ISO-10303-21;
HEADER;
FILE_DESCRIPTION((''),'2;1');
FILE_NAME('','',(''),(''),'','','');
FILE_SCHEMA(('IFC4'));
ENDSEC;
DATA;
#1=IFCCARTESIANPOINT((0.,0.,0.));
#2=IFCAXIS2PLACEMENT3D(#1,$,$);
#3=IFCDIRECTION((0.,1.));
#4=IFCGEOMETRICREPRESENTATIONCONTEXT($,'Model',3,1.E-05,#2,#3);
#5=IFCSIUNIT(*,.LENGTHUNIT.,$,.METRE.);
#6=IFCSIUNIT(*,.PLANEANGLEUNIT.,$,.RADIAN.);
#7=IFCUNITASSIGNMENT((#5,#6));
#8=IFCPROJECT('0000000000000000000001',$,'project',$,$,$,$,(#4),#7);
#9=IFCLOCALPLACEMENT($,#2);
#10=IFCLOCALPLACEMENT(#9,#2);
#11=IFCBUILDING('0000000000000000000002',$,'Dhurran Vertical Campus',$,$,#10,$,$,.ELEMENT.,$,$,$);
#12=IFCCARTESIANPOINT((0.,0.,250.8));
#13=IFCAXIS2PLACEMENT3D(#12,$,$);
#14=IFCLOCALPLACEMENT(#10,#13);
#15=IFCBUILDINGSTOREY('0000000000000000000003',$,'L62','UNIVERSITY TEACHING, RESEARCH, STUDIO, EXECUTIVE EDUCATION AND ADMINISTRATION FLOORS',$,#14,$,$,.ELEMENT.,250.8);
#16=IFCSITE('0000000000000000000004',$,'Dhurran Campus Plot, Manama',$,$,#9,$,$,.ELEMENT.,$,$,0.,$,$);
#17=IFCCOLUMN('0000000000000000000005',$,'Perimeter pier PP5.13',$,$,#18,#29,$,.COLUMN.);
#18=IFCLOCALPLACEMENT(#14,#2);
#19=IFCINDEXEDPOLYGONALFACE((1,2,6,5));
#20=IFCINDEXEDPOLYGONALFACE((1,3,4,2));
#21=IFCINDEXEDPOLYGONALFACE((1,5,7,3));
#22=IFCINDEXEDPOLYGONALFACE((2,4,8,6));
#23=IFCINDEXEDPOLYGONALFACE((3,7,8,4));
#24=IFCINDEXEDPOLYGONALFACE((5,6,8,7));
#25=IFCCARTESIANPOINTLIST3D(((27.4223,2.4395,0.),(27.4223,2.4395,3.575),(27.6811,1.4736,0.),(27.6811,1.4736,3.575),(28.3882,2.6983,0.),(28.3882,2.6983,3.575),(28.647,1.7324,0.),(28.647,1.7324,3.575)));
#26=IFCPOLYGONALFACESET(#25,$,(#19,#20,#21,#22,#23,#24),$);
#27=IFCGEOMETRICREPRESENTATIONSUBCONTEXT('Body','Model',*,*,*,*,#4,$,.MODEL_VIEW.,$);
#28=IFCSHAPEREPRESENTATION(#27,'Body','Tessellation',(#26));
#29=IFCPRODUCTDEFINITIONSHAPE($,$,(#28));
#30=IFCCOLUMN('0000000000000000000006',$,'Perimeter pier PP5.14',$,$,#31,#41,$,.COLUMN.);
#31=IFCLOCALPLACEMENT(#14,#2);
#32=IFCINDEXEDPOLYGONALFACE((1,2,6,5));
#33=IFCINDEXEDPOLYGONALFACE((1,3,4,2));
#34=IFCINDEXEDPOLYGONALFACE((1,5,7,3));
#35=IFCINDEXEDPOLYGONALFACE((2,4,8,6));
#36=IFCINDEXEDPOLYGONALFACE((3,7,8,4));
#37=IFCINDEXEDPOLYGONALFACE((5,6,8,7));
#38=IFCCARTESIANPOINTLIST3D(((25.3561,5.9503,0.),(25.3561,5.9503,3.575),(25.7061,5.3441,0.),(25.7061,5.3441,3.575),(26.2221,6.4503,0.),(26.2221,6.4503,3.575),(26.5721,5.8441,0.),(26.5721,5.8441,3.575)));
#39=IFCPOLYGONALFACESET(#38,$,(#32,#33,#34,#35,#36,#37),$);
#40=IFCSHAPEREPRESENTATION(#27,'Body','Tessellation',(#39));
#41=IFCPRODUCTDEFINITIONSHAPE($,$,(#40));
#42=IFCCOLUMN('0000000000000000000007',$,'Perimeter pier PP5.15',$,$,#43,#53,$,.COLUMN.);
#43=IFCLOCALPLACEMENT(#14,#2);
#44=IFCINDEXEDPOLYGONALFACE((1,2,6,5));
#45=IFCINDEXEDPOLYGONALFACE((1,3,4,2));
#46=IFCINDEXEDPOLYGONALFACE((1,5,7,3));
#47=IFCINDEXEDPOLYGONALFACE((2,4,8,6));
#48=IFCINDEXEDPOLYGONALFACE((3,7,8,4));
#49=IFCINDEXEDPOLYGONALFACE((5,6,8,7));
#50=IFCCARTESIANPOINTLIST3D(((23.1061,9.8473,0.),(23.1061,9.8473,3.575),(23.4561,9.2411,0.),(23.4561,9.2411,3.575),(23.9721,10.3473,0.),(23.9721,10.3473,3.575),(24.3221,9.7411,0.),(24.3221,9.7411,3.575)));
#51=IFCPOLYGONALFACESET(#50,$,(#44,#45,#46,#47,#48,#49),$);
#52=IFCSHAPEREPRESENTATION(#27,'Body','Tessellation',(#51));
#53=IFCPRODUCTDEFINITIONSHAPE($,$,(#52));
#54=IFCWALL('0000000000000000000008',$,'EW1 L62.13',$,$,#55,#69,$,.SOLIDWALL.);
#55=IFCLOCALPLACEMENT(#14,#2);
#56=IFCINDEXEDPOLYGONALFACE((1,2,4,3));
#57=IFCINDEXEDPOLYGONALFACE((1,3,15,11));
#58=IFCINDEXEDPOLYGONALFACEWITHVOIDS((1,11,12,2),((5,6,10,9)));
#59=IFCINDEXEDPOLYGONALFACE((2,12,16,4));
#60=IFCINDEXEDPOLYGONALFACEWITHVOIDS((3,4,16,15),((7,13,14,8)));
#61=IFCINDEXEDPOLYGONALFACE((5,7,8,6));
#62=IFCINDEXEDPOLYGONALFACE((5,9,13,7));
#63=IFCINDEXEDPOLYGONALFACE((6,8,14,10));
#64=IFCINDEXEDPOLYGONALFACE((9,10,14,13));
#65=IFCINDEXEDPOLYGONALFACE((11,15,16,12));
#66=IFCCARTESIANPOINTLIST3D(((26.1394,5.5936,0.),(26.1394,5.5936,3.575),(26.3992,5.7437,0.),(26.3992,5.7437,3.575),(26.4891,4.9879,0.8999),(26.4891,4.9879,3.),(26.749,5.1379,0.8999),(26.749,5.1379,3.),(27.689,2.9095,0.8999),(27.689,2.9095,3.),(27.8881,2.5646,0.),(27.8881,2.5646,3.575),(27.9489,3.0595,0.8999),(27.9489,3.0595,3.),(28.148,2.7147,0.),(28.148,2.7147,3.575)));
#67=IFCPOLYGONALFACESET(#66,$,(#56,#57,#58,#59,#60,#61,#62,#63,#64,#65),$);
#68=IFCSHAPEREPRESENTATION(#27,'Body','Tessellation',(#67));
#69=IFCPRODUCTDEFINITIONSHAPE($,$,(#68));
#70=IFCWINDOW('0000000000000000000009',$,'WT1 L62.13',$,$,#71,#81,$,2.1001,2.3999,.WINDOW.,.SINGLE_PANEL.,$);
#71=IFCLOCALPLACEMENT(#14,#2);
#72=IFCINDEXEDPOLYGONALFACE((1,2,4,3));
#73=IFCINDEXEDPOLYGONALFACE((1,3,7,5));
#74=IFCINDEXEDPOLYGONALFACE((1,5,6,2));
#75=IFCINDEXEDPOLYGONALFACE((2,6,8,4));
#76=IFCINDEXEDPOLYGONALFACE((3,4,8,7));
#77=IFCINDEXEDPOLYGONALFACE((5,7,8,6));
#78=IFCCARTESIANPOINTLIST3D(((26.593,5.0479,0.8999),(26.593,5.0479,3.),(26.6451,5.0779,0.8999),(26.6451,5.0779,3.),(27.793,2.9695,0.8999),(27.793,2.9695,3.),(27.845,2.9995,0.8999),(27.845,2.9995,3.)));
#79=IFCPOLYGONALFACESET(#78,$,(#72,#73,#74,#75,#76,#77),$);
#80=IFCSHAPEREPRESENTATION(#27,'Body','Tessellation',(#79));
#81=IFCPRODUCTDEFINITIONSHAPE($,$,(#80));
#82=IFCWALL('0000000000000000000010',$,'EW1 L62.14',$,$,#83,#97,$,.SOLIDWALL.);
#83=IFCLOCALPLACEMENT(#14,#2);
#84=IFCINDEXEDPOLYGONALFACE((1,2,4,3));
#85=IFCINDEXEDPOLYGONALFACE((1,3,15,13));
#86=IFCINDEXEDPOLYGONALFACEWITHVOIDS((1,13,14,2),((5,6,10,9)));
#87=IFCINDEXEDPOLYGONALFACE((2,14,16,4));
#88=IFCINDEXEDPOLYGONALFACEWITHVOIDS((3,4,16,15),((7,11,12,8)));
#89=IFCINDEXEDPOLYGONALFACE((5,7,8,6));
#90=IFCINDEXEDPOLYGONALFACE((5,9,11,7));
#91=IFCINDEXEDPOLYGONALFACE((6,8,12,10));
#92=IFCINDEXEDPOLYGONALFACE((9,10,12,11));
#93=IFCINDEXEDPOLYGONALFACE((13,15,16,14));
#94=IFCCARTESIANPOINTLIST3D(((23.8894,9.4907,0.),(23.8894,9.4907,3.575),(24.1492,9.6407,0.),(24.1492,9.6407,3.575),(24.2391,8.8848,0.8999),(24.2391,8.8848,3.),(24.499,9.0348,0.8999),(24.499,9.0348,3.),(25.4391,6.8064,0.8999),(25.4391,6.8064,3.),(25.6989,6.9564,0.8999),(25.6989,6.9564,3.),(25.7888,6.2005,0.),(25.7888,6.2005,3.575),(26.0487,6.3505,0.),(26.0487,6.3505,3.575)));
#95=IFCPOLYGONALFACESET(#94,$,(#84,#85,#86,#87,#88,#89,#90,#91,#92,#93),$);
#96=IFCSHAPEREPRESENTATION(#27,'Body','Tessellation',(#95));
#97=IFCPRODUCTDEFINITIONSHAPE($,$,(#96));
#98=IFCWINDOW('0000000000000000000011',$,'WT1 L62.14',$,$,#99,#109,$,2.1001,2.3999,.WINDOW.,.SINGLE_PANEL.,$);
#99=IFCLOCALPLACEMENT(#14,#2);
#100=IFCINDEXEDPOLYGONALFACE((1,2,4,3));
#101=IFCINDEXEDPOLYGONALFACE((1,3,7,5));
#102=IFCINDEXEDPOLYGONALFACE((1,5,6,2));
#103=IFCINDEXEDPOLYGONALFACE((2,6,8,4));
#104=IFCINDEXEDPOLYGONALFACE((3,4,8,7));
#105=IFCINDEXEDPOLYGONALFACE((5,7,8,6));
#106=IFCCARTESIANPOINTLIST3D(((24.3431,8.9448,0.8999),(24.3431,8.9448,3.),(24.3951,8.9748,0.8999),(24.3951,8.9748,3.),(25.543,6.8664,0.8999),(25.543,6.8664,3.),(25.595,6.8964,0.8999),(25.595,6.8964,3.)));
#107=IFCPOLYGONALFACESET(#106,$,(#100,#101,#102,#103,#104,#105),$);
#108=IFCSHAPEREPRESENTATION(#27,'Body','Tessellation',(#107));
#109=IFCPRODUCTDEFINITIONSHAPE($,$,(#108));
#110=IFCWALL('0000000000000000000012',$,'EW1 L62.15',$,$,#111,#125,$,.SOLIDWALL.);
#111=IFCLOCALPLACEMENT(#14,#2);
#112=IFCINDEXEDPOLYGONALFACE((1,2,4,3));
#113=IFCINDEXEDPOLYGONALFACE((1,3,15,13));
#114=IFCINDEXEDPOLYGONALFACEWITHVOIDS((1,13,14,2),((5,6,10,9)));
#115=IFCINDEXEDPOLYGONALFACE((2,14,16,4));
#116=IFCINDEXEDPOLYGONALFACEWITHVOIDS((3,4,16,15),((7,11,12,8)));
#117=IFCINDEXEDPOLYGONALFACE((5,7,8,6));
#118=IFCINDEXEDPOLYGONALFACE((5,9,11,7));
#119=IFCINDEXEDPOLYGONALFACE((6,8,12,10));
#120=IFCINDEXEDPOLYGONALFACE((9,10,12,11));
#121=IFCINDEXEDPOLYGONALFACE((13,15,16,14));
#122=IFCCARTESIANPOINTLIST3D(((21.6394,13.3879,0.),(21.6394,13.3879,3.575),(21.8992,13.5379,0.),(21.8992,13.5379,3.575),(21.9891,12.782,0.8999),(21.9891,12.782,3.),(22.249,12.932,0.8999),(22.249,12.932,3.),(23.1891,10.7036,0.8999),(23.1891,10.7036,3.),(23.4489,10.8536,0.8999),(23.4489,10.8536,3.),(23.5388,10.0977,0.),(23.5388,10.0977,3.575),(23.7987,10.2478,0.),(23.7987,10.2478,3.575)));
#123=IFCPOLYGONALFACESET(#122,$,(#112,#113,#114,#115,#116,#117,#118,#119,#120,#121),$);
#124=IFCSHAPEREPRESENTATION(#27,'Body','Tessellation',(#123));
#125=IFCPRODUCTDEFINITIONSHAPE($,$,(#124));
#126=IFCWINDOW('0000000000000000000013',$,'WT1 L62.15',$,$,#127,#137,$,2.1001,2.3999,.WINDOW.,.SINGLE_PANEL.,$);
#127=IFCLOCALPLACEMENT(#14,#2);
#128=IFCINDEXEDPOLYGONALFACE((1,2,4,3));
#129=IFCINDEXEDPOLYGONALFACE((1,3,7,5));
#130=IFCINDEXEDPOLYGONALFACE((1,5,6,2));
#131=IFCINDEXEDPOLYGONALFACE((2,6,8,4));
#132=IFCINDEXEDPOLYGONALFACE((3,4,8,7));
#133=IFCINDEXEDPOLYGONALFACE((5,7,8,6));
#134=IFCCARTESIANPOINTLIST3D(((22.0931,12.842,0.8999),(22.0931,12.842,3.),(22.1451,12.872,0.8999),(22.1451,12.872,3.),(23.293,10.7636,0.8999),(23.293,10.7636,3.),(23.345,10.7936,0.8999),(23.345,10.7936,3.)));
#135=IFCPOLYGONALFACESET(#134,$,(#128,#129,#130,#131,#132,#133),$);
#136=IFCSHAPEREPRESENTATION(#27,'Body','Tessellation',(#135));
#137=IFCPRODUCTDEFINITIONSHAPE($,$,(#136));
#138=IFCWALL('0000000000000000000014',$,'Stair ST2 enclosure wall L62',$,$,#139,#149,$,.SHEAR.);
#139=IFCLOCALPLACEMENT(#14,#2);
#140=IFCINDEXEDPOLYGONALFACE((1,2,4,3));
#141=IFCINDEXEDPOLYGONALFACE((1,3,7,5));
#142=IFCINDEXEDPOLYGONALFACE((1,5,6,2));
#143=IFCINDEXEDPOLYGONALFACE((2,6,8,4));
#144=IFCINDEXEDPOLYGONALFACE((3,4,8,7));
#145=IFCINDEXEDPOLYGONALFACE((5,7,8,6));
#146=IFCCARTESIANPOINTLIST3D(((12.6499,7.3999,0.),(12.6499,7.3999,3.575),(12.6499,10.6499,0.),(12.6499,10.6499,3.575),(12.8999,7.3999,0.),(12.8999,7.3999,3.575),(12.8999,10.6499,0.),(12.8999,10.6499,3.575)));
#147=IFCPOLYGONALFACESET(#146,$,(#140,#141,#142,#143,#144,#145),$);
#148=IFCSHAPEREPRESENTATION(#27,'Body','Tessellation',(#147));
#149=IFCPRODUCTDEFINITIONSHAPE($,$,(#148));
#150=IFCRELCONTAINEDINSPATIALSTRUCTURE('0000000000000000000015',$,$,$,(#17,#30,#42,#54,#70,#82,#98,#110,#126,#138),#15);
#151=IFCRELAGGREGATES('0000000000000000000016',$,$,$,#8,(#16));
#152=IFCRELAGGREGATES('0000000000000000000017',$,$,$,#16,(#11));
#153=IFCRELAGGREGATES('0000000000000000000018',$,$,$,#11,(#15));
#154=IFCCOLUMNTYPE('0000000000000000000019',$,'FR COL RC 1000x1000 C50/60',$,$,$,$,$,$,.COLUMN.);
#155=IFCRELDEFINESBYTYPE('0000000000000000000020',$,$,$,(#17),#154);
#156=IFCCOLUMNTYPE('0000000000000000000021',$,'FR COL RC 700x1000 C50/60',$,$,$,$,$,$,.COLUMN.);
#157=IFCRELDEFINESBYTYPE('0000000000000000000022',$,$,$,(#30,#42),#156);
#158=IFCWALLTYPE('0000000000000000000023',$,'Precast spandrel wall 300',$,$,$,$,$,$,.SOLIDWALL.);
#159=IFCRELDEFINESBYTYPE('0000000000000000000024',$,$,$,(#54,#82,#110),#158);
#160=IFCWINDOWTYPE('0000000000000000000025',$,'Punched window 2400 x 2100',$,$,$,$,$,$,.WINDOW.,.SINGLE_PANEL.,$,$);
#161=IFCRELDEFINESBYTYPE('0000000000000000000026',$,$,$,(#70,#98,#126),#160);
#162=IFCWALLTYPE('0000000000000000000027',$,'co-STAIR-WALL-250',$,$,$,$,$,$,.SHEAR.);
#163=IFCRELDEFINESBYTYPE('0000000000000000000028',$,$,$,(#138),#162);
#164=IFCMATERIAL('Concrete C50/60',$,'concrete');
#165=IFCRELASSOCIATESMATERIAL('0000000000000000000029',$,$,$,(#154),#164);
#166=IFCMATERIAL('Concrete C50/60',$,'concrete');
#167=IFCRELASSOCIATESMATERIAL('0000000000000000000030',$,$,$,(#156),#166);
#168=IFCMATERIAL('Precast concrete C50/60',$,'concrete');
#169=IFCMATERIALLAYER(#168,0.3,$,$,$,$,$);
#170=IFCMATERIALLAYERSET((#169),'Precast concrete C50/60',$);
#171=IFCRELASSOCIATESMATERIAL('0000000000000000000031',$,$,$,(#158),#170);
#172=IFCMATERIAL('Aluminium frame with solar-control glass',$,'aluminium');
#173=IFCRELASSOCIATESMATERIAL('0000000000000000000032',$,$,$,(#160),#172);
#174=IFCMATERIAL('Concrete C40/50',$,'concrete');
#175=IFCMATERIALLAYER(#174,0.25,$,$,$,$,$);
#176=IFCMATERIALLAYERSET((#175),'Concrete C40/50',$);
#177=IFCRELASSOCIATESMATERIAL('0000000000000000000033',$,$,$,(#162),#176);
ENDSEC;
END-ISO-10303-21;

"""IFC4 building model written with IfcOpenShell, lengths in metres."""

from ifc_helpers import new_model, si_unit, direction, frame, frame_2d, origin, origin_2d, place, context, subcontext, project, spatial, rectangle, extrude, material, layer, layer_set, material_profile, profile_set, type_object, element, fill, save


model = new_model("IFC4")

# Units and contexts
model_context = context("Model", 3, precision=1e-05, world=origin(), true_north=direction((0.0, 1.0)))
body_context = subcontext(model_context, "Body", "Model", "MODEL_VIEW")
ifc_project = project(units=[si_unit("LENGTHUNIT", "METRE"), si_unit("PLANEANGLEUNIT", "RADIAN")], contexts=[model_context])

# Site, building, storey
site_placement = place(None, origin())
site = spatial("IfcSite", under=ifc_project, at=site_placement, Name="Dhurran Campus Plot, Manama", CompositionType="ELEMENT", RefElevation=0.0)
building_placement = place(site_placement, origin())
building = spatial("IfcBuilding", under=site, at=building_placement, Name="Dhurran Vertical Campus", CompositionType="ELEMENT")
storey_placement = place(building_placement, frame((0.0, 0.0, 250.8)))
storey = spatial("IfcBuildingStorey", under=building, at=storey_placement, Name="L62", Description="UNIVERSITY TEACHING, RESEARCH, STUDIO, EXECUTIVE EDUCATION AND ADMINISTRATION FLOORS", CompositionType="ELEMENT", Elevation=250.8)

# Columns
ifc_material_1 = material(Name="Concrete C50/60", Category="concrete")
ifc_material_profile_1 = material_profile(ifc_material_1, rectangle(XDim=1.0, YDim=1.0, at=origin_2d()), Name="RC 1000x1000")
ifc_profile_set_1 = profile_set([ifc_material_profile_1], Name="Concrete C50/60")
column_type_1 = type_object("IfcColumnType", Name="FR COL RC 1000x1000 C50/60", PredefinedType="COLUMN", material=ifc_profile_set_1)
column_placement = place(storey_placement, frame((28.0347, 2.0859, 0.0), z_axis=(0.0, 0.0, 1.0), x_axis=(-0.258819, 0.965926, 0.0)))
element("IfcColumn", 1, at=column_placement, inside=storey, type_object=column_type_1, Name="Perimeter pier PP5.13", PredefinedType="COLUMN", context=body_context, shape_type="SweptSolid", body=[
    extrude(rectangle(XDim=1.0, YDim=1.0, at=origin_2d()), origin(), (0.0, 0.0, 1.0), 3.575),
])
ifc_material_2 = material(Name="Concrete C50/60", Category="concrete")
ifc_material_profile_2 = material_profile(ifc_material_2, rectangle(XDim=0.7, YDim=1.0, at=origin_2d()), Name="RC 700x1000")
ifc_profile_set_2 = profile_set([ifc_material_profile_2], Name="Concrete C50/60")
column_type_2 = type_object("IfcColumnType", Name="FR COL RC 700x1000 C50/60", PredefinedType="COLUMN", material=ifc_profile_set_2)
for number, where, z_axis, x_axis, name in (
    (2, (25.9641, 5.8972, 0.0), (0.0, 0.0, 1.0), (-0.5, 0.866025, 0.0), "Perimeter pier PP5.14"),
    (3, (23.7141, 9.7942, 0.0), (0.0, 0.0, 1.0), (-0.5, 0.866025, 0.0), "Perimeter pier PP5.15"),
):
    element("IfcColumn", number, at=place(storey_placement, frame(where, z_axis=z_axis, x_axis=x_axis)), inside=storey, type_object=column_type_2, Name=name, PredefinedType="COLUMN", context=body_context, shape_type="SweptSolid", body=[
        extrude(rectangle(XDim=0.7, YDim=1.0, at=origin_2d()), origin(), (0.0, 0.0, 1.0), 3.575),
    ])

# Walls, openings, windows
ifc_material_3 = material(Name="Precast concrete C50/60", Category="concrete")
ifc_layer_1 = layer(ifc_material_3, 0.3)
ifc_layer_set_1 = layer_set([ifc_layer_1], Name="Precast concrete C50/60")
wall_type_1 = type_object("IfcWallType", Name="Precast spandrel wall 300", PredefinedType="SOLIDWALL", material=ifc_layer_set_1)
wall_1_placement = place(storey_placement, frame((28.0181, 2.6396, 0.0), z_axis=(0.0, 0.0, 1.0), x_axis=(-0.49999, 0.866031, 0.0)))
wall_1 = element("IfcWall", 4, at=wall_1_placement, inside=storey, type_object=wall_type_1, Name="EW1 L62.13", PredefinedType="SOLIDWALL", context=body_context, shape_type="SweptSolid", body=[
    extrude(rectangle(XDim=3.4976, YDim=0.3, at=frame_2d((1.7488, 0.0))), origin(), (0.0, 0.0, 1.0), 3.575),
])
opening_1_placement = place(wall_1_placement, frame((0.3982, 0.0, 0.8999)))
opening_1 = element("IfcOpeningElement", 5, at=opening_1_placement, cuts=wall_1, PredefinedType="OPENING", context=body_context, shape_type="SweptSolid", body=[
    extrude(rectangle(XDim=2.3999, YDim=2.1001, at=frame_2d((1.2, 1.05))), frame((0.0, 0.1599, 0.0), z_axis=(0.0, -1.0, 0.0), x_axis=(1.0, 0.0, 0.0)), (0.0, 0.0, 1.0), 0.3201),
])
ifc_material_4 = material(Name="Aluminium frame with solar-control glass", Category="aluminium")
window_type = type_object("IfcWindowType", Name="Punched window 2400 x 2100", PartitioningType="SINGLE_PANEL", PredefinedType="WINDOW", material=ifc_material_4)
window_1_placement = place(opening_1_placement, origin())
window_1 = element("IfcWindow", 6, at=window_1_placement, inside=storey, type_object=window_type, Name="WT1 L62.13", OverallHeight=2.1001, OverallWidth=2.3999, PartitioningType="SINGLE_PANEL", PredefinedType="WINDOW", context=body_context, shape_type="SweptSolid", body=[
    extrude(rectangle(XDim=2.3999, YDim=2.1001, at=frame_2d((1.2, 1.05))), frame((0.0, 0.03, 0.0), z_axis=(0.0, -1.0, 0.0), x_axis=(1.0, 0.0, 0.0)), (0.0, 0.0, 1.0), 0.0601),
])
fill(opening_1, window_1)
wall_2_placement = place(storey_placement, frame((25.9187, 6.2756, 0.0), z_axis=(0.0, 0.0, 1.0), x_axis=(-0.499982, 0.866036, 0.0)))
wall_2 = element("IfcWall", 7, at=wall_2_placement, inside=storey, type_object=wall_type_1, Name="EW1 L62.14", PredefinedType="SOLIDWALL", context=body_context, shape_type="SweptSolid", body=[
    extrude(rectangle(XDim=3.7991, YDim=0.3, at=frame_2d((1.8994, 0.0))), origin(), (0.0, 0.0, 1.0), 3.575),
])
opening_2_placement = place(wall_2_placement, frame((0.6995, 0.0, 0.8999)))
opening_2 = element("IfcOpeningElement", 8, at=opening_2_placement, cuts=wall_2, PredefinedType="OPENING", context=body_context, shape_type="SweptSolid", body=[
    extrude(rectangle(XDim=2.3999, YDim=2.1001, at=frame_2d((1.2, 1.05))), frame((0.0, 0.1599, 0.0), z_axis=(0.0, -1.0, 0.0), x_axis=(1.0, 0.0, 0.0)), (0.0, 0.0, 1.0), 0.3201),
])
window_2_placement = place(opening_2_placement, origin())
window_2 = element("IfcWindow", 9, at=window_2_placement, inside=storey, type_object=window_type, Name="WT1 L62.14", OverallHeight=2.1001, OverallWidth=2.3999, PartitioningType="SINGLE_PANEL", PredefinedType="WINDOW", context=body_context, shape_type="SweptSolid", body=[
    extrude(rectangle(XDim=2.3999, YDim=2.1001, at=frame_2d((1.2, 1.05))), frame((0.0, 0.03, 0.0), z_axis=(0.0, -1.0, 0.0), x_axis=(1.0, 0.0, 0.0)), (0.0, 0.0, 1.0), 0.0601),
])
fill(opening_2, window_2)
wall_3_placement = place(storey_placement, frame((23.6687, 10.1729, 0.0), z_axis=(0.0, 0.0, 1.0), x_axis=(-0.499982, 0.866036, 0.0)))
wall_3 = element("IfcWall", 10, at=wall_3_placement, inside=storey, type_object=wall_type_1, Name="EW1 L62.15", PredefinedType="SOLIDWALL", context=body_context, shape_type="SweptSolid", body=[
    extrude(rectangle(XDim=3.7991, YDim=0.3, at=frame_2d((1.8994, 0.0))), origin(), (0.0, 0.0, 1.0), 3.575),
])
opening_3_placement = place(wall_3_placement, frame((0.6995, 0.0, 0.8999)))
opening_3 = element("IfcOpeningElement", 11, at=opening_3_placement, cuts=wall_3, PredefinedType="OPENING", context=body_context, shape_type="SweptSolid", body=[
    extrude(rectangle(XDim=2.3999, YDim=2.1001, at=frame_2d((1.2, 1.05))), frame((0.0, 0.1599, 0.0), z_axis=(0.0, -1.0, 0.0), x_axis=(1.0, 0.0, 0.0)), (0.0, 0.0, 1.0), 0.3201),
])
window_3_placement = place(opening_3_placement, origin())
window_3 = element("IfcWindow", 12, at=window_3_placement, inside=storey, type_object=window_type, Name="WT1 L62.15", OverallHeight=2.1001, OverallWidth=2.3999, PartitioningType="SINGLE_PANEL", PredefinedType="WINDOW", context=body_context, shape_type="SweptSolid", body=[
    extrude(rectangle(XDim=2.3999, YDim=2.1001, at=frame_2d((1.2, 1.05))), frame((0.0, 0.03, 0.0), z_axis=(0.0, -1.0, 0.0), x_axis=(1.0, 0.0, 0.0)), (0.0, 0.0, 1.0), 0.0601),
])
fill(opening_3, window_3)

# Wall
ifc_material_5 = material(Name="Concrete C40/50", Category="concrete")
ifc_layer_2 = layer(ifc_material_5, 0.25)
ifc_layer_set_2 = layer_set([ifc_layer_2], Name="Concrete C40/50")
wall_type_2 = type_object("IfcWallType", Name="co-STAIR-WALL-250", PredefinedType="SHEAR", material=ifc_layer_set_2)
wall_4_placement = place(storey_placement, frame((12.7749, 7.3999, 0.0), z_axis=(0.0, 0.0, 1.0), x_axis=(0.0, 1.0, 0.0)))
element("IfcWall", 13, at=wall_4_placement, inside=storey, type_object=wall_type_2, Name="Stair ST2 enclosure wall L62", PredefinedType="SHEAR", context=body_context, shape_type="SweptSolid", body=[
    extrude(rectangle(XDim=3.25, YDim=0.25, at=frame_2d((1.625, 0.0))), origin(), (0.0, 0.0, 1.0), 3.575),
])

save(model, "model.ifc")
